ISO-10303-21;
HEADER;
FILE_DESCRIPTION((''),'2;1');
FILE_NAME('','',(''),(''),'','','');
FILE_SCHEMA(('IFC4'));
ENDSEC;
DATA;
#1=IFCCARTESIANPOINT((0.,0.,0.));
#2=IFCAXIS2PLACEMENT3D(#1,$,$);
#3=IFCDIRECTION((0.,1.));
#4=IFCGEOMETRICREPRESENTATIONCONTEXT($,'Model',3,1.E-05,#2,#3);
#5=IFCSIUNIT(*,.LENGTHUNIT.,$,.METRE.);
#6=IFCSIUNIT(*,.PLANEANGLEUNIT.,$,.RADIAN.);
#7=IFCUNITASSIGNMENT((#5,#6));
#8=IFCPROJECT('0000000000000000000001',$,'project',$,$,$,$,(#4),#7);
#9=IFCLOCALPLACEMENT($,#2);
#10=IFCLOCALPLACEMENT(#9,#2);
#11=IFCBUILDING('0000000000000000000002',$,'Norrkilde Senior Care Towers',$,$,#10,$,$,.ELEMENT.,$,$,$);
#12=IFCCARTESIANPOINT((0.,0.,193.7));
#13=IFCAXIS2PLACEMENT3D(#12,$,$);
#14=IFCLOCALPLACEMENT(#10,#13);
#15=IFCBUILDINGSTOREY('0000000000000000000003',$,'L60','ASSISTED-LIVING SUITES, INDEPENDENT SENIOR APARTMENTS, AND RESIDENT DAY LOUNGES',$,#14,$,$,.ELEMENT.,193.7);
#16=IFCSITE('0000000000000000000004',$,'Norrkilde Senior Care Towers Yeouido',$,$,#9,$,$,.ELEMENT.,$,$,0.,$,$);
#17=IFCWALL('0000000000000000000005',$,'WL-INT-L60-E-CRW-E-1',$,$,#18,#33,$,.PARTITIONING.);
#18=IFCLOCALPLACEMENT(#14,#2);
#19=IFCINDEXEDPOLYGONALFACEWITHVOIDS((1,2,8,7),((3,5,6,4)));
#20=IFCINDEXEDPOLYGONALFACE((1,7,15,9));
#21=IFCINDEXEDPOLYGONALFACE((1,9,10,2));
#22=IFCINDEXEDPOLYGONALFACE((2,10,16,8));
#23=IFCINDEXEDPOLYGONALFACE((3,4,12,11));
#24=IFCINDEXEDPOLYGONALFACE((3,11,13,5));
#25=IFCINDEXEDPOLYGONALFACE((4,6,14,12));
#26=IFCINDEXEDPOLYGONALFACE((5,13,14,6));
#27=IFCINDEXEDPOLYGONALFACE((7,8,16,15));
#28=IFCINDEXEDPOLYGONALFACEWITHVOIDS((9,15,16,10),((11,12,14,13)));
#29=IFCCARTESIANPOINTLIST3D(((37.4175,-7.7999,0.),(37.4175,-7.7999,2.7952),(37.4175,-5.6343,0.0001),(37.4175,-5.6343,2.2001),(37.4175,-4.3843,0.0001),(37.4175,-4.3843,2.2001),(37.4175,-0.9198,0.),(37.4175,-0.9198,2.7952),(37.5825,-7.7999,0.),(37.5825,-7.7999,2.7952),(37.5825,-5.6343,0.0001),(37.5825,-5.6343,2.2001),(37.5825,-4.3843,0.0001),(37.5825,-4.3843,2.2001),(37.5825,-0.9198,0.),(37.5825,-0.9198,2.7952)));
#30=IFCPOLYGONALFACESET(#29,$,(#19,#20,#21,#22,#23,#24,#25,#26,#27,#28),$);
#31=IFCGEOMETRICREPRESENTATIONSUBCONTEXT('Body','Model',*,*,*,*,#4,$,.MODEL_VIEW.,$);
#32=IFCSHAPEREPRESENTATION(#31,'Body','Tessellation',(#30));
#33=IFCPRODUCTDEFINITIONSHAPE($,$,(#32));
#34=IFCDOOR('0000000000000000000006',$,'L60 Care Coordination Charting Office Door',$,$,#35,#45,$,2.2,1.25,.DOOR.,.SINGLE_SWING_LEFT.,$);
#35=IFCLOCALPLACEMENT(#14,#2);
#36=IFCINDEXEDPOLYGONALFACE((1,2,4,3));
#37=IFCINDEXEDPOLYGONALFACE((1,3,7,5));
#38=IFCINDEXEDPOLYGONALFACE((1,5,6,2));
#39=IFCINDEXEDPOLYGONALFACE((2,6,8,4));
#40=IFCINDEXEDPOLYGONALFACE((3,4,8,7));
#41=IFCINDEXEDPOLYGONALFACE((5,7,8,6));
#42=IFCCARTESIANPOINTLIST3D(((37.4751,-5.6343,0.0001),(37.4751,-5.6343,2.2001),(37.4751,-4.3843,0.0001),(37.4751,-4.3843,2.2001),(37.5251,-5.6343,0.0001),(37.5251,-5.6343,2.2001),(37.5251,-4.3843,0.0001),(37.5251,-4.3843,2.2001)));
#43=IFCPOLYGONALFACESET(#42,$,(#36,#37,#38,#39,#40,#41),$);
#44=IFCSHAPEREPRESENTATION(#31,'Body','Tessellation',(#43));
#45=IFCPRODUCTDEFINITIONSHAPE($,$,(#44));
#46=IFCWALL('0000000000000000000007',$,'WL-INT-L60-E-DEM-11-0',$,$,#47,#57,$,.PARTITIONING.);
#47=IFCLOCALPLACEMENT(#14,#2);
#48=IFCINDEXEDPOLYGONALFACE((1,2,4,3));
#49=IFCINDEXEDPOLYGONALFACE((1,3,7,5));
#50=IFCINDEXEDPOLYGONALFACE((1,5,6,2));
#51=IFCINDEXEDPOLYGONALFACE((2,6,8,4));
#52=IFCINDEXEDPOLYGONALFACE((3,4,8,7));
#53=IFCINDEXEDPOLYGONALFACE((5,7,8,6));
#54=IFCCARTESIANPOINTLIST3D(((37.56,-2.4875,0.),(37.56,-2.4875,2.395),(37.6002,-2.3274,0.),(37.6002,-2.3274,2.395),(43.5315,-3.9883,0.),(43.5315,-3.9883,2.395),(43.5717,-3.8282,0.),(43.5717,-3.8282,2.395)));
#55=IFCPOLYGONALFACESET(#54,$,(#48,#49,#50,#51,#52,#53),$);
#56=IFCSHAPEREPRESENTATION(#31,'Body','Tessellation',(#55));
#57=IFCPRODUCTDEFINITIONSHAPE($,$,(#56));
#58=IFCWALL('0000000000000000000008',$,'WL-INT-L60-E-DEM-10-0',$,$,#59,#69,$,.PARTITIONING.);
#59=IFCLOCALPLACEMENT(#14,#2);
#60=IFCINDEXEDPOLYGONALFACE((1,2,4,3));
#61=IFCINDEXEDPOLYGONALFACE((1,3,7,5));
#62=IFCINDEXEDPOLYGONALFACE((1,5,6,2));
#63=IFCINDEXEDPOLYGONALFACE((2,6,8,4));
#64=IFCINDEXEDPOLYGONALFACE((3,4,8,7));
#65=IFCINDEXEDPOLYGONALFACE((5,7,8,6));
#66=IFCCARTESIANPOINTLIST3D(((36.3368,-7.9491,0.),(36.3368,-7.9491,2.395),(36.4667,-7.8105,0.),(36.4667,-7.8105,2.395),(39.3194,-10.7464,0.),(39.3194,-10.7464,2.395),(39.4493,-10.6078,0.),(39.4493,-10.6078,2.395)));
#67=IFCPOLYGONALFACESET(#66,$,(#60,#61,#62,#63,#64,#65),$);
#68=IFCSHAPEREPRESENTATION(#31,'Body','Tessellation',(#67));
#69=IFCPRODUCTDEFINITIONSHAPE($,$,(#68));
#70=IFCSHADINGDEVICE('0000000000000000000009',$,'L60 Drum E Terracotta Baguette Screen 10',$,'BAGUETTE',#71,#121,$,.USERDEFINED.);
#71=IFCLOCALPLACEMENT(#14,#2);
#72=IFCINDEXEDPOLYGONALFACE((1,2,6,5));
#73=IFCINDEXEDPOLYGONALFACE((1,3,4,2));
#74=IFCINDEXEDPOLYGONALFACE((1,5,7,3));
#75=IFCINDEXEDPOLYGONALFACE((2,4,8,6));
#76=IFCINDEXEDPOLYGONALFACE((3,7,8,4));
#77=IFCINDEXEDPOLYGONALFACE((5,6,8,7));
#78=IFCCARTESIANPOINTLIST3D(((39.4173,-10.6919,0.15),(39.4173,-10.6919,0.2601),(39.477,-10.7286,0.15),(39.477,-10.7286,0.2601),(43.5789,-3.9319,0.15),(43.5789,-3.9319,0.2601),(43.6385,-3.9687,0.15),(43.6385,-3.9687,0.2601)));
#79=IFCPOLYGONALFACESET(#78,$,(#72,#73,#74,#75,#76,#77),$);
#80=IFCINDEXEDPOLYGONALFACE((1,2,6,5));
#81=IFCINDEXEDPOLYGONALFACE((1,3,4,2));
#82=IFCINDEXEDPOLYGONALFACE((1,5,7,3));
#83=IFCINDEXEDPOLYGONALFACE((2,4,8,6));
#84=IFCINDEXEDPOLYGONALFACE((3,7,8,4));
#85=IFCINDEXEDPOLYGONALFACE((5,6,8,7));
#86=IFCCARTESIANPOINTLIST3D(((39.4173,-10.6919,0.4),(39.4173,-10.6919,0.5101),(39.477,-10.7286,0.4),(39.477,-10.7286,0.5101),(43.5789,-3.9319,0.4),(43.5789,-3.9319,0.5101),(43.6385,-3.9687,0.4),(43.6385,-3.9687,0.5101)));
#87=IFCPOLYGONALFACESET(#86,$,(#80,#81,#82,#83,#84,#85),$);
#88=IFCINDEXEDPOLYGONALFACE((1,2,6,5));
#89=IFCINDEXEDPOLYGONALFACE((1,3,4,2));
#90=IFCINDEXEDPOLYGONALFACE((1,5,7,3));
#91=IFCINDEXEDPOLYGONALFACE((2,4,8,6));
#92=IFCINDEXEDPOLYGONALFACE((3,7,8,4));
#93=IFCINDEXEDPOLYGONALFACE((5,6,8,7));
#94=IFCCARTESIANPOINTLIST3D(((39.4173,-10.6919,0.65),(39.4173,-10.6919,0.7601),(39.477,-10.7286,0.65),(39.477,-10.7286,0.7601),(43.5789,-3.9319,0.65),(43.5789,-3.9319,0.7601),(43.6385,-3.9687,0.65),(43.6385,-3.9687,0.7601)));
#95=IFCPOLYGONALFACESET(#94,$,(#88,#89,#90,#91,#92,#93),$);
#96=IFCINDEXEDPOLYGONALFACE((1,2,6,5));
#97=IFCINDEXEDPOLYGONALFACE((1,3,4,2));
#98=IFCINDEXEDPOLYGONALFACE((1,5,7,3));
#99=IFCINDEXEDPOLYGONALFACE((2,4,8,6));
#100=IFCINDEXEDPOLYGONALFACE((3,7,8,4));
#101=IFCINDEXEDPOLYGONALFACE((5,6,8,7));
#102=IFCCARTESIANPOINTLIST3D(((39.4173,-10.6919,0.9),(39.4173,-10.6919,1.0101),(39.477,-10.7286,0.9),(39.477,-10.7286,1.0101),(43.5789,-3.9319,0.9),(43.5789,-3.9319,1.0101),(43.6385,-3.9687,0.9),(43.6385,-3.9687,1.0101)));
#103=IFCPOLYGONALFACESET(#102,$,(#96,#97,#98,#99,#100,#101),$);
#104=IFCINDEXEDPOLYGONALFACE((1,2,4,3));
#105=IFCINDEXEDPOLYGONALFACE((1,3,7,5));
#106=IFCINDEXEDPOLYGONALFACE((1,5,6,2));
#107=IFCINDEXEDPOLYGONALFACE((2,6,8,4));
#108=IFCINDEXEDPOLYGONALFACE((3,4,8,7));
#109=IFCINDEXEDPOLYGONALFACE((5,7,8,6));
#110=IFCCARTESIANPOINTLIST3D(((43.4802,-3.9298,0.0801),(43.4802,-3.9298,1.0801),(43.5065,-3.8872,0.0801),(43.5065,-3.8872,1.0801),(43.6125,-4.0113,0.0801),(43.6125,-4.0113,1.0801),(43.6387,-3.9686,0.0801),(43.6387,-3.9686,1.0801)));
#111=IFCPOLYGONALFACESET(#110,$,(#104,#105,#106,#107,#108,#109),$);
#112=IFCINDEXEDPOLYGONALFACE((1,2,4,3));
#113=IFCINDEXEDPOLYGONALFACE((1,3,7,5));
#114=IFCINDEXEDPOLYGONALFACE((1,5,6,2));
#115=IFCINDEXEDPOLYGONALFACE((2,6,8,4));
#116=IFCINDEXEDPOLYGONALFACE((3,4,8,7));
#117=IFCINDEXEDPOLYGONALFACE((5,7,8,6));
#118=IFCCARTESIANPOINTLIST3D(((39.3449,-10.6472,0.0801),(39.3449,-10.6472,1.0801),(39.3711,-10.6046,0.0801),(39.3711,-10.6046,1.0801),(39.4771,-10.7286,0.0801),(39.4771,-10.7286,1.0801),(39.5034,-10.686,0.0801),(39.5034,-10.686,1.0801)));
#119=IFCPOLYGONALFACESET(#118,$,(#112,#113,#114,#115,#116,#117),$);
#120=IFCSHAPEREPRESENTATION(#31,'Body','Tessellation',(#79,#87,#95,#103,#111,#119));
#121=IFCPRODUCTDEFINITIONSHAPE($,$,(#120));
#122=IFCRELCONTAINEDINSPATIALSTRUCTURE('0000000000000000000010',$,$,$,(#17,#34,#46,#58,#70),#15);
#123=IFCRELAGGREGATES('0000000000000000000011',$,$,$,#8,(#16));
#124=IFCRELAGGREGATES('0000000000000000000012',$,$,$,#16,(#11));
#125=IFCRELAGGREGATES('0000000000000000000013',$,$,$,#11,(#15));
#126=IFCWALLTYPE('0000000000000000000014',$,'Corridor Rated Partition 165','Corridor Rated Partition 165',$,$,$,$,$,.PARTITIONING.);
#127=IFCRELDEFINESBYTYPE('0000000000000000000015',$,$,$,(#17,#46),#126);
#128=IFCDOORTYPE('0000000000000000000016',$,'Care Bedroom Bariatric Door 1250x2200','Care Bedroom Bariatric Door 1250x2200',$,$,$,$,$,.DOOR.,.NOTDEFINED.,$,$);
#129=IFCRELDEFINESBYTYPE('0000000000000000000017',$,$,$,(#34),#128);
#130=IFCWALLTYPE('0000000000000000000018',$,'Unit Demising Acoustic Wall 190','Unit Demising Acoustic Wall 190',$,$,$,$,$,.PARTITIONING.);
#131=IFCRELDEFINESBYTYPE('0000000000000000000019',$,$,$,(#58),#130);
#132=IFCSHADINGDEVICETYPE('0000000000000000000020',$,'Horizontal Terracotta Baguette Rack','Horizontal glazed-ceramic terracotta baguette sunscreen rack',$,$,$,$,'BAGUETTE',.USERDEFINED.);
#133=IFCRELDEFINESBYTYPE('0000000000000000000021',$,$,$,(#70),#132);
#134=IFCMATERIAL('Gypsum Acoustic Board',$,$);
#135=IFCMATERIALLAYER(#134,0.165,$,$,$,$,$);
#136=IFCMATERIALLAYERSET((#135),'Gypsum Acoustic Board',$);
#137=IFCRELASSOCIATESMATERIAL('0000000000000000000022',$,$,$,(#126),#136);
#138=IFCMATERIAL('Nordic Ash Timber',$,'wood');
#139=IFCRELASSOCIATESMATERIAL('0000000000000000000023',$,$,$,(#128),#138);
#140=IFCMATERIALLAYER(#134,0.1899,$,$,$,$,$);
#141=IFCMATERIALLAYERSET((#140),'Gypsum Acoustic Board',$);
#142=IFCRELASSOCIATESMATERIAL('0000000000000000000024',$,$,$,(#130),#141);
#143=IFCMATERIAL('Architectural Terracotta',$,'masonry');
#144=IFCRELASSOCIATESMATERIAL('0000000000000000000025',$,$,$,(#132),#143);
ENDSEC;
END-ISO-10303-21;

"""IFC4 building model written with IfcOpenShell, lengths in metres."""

from ifc_helpers import new_model, si_unit, direction, frame, frame_2d, origin, origin_2d, place, context, subcontext, project, spatial, rectangle, extrude, source, transform, mapped, material, layer, layer_set, type_object, type_shapes, element, fill, save


model = new_model("IFC4")

# Units and contexts
model_context = context("Model", 3, precision=1e-05, world=origin(), true_north=direction((0.0, 1.0)))
body_context = subcontext(model_context, "Body", "Model", "MODEL_VIEW")
ifc_project = project(units=[si_unit("LENGTHUNIT", "METRE"), si_unit("PLANEANGLEUNIT", "RADIAN")], contexts=[model_context])

# Site, building, storey
site_placement = place(None, origin())
site = spatial("IfcSite", under=ifc_project, at=site_placement, Name="Norrkilde Senior Care Towers Yeouido", CompositionType="ELEMENT", RefElevation=0.0)
building_placement = place(site_placement, origin())
building = spatial("IfcBuilding", under=site, at=building_placement, Name="Norrkilde Senior Care Towers", CompositionType="ELEMENT")
storey_placement = place(building_placement, frame((0.0, 0.0, 193.7)))
storey = spatial("IfcBuildingStorey", under=building, at=storey_placement, Name="L60", Description="ASSISTED-LIVING SUITES, INDEPENDENT SENIOR APARTMENTS, AND RESIDENT DAY LOUNGES", CompositionType="ELEMENT", Elevation=193.7)

# Wall, opening, door
ifc_material_1 = material(Name="Gypsum Acoustic Board")
ifc_layer_1 = layer(ifc_material_1, 0.165)
ifc_layer_set_1 = layer_set([ifc_layer_1], Name="Gypsum Acoustic Board")
wall_type_1 = type_object("IfcWallType", Name="Corridor Rated Partition 165", Description="Corridor Rated Partition 165", PredefinedType="PARTITIONING", material=ifc_layer_set_1)
ifc_material_2 = material(Name="Nordic Ash Timber", Category="wood")
shared_shape_1 = source(origin(), body_context, "Body", "SweptSolid", [
    extrude(rectangle(XDim=6.8801, YDim=0.165, at=frame_2d((3.4399, 0.0))), origin(), (0.0, 0.0, 1.0), 2.7952),
])
wall_1_placement = place(storey_placement, frame((37.5, -0.9199, 0.0), z_axis=(0.0, 0.0, 1.0), x_axis=(0.0, -1.0, 0.0)))
wall_1 = element("IfcWall", 1, at=wall_1_placement, inside=storey, type_object=wall_type_1, Name="WL-INT-L60-E-CRW-E-1", PredefinedType="PARTITIONING", context=body_context, shape_type="MappedRepresentation", body=[
    mapped(shared_shape_1, transform((0.0, 0.0, 0.0), x_axis=(1.0, 0.0, 0.0), y_axis=(0.0, 1.0, 0.0), z_axis=(0.0, 0.0, 1.0), scale=1.0)),
])
opening_1_placement = place(wall_1_placement, frame((3.4644, 0.0, 0.0)))
opening_1 = element("IfcOpeningElement", 2, at=opening_1_placement, cuts=wall_1, PredefinedType="OPENING", context=body_context, shape_type="SweptSolid", body=[
    extrude(rectangle(XDim=1.25, YDim=2.2, at=frame_2d((0.625, 1.1001))), frame((0.0, 0.0925, 0.0), z_axis=(0.0, -1.0, 0.0), x_axis=(1.0, 0.0, 0.0)), (0.0, 0.0, 1.0), 0.1851),
])
door_type_1 = type_object("IfcDoorType", Name="Care Bedroom Bariatric Door 1250x2200", Description="Care Bedroom Bariatric Door 1250x2200", OperationType="NOTDEFINED", PredefinedType="DOOR", material=ifc_material_2)
shared_shape_2 = source(origin(), body_context, "Body", "SweptSolid", [
    extrude(rectangle(XDim=1.25, YDim=2.2, at=frame_2d((0.625, 1.1001))), frame((0.0, 0.0249, 0.0), z_axis=(0.0, -1.0, 0.0), x_axis=(1.0, 0.0, 0.0)), (0.0, 0.0, 1.0), 0.05),
])
type_shapes(door_type_1, [shared_shape_2])
door_1_placement = place(opening_1_placement, frame((1.25, 0.0, 0.0), z_axis=(0.0, 0.0, 1.0), x_axis=(-1.0, 0.0, 0.0)))
door_1 = element("IfcDoor", 3, at=door_1_placement, inside=storey, type_object=door_type_1, Name="L60 Care Coordination Charting Office Door", OperationType="SINGLE_SWING_LEFT", OverallHeight=2.2, OverallWidth=1.25, PredefinedType="DOOR", context=body_context, shape_type="MappedRepresentation", body=[
    mapped(shared_shape_2, transform((0.0, 0.0, 0.0), x_axis=(1.0, 0.0, 0.0), y_axis=(0.0, 1.0, 0.0), z_axis=(0.0, 0.0, 1.0), scale=1.0)),
])
fill(opening_1, door_1)

# Walls
shared_shape_3 = source(origin(), body_context, "Body", "SweptSolid", [
    extrude(rectangle(XDim=6.1572, YDim=0.165, at=frame_2d((3.0786, 0.0))), origin(), (0.0, 0.0, 1.0), 2.395),
])
wall_2_placement = place(storey_placement, frame((37.5801, -2.4075, 0.0), z_axis=(0.0, 0.0, 1.0), x_axis=(0.969841, -0.243739, 0.0)))
element("IfcWall", 4, at=wall_2_placement, inside=storey, type_object=wall_type_1, Name="WL-INT-L60-E-DEM-11-0", PredefinedType="PARTITIONING", context=body_context, shape_type="MappedRepresentation", body=[
    mapped(shared_shape_3, transform((0.0, 0.0, 0.0), x_axis=(1.0, 0.0, 0.0), y_axis=(0.0, 1.0, 0.0), z_axis=(0.0, 0.0, 1.0), scale=1.0)),
])
ifc_layer_2 = layer(ifc_material_1, 0.1899)
ifc_layer_set_2 = layer_set([ifc_layer_2], Name="Gypsum Acoustic Board")
wall_type_2 = type_object("IfcWallType", Name="Unit Demising Acoustic Wall 190", Description="Unit Demising Acoustic Wall 190", PredefinedType="PARTITIONING", material=ifc_layer_set_2)
shared_shape_4 = source(origin(), body_context, "Body", "SweptSolid", [
    extrude(rectangle(XDim=4.0891, YDim=0.1899, at=frame_2d((2.0444, 0.0))), origin(), (0.0, 0.0, 1.0), 2.395),
])
type_shapes(wall_type_2, [shared_shape_4])
wall_3_placement = place(storey_placement, frame((36.4019, -7.8799, 0.0), z_axis=(0.0, 0.0, 1.0), x_axis=(0.729401, -0.684086, 0.0)))
element("IfcWall", 5, at=wall_3_placement, inside=storey, type_object=wall_type_2, Name="WL-INT-L60-E-DEM-10-0", PredefinedType="PARTITIONING", context=body_context, shape_type="MappedRepresentation", body=[
    mapped(shared_shape_4, transform((0.0, 0.0, 0.0), x_axis=(1.0, 0.0, 0.0), y_axis=(0.0, 1.0, 0.0), z_axis=(0.0, 0.0, 1.0), scale=1.0)),
])

# Shading device
ifc_material_3 = material(Name="Architectural Terracotta", Category="masonry")
shading_device_type = type_object("IfcShadingDeviceType", Name="Horizontal Terracotta Baguette Rack", Description="Horizontal glazed-ceramic terracotta baguette sunscreen rack", ElementType="BAGUETTE", PredefinedType="USERDEFINED", material=ifc_material_3)
shared_shape_5 = source(origin(), body_context, "Body", "SweptSolid", [
    extrude(rectangle(XDim=0.0701, YDim=0.1101, at=origin_2d()), frame((0.0, 0.0901, 0.125), z_axis=(1.0, 0.0, 0.0), x_axis=(0.0, 1.0, 0.0)), (0.0, 0.0, 1.0), 7.9382),
    extrude(rectangle(XDim=0.0701, YDim=0.1101, at=origin_2d()), frame((0.0, 0.0901, 0.375), z_axis=(1.0, 0.0, 0.0), x_axis=(0.0, 1.0, 0.0)), (0.0, 0.0, 1.0), 7.9382),
    extrude(rectangle(XDim=0.0701, YDim=0.1101, at=origin_2d()), frame((0.0, 0.0901, 0.625), z_axis=(1.0, 0.0, 0.0), x_axis=(0.0, 1.0, 0.0)), (0.0, 0.0, 1.0), 7.9382),
    extrude(rectangle(XDim=0.0701, YDim=0.1101, at=origin_2d()), frame((0.0, 0.0901, 0.875), z_axis=(1.0, 0.0, 0.0), x_axis=(0.0, 1.0, 0.0)), (0.0, 0.0, 1.0), 7.9382),
    extrude(rectangle(XDim=0.05, YDim=0.1553, at=origin_2d()), frame((0.0249, 0.0476, 0.0)), (0.0, 0.0, 1.0), 1.0),
    extrude(rectangle(XDim=0.05, YDim=0.1553, at=origin_2d()), frame((7.9131, 0.0476, 0.0)), (0.0, 0.0, 1.0), 1.0),
])
type_shapes(shading_device_type, [shared_shape_5])
shading_device_placement = place(storey_placement, frame((43.532, -3.9031, 0.0801), z_axis=(0.0, 0.0, 1.0), x_axis=(-0.52425, -0.851576, 0.0)))
element("IfcShadingDevice", 6, at=shading_device_placement, inside=storey, type_object=shading_device_type, Name="L60 Drum E Terracotta Baguette Screen 10", ObjectType="BAGUETTE", PredefinedType="USERDEFINED", context=body_context, shape_type="MappedRepresentation", body=[
    mapped(shared_shape_5, transform((0.0, 0.0, 0.0), x_axis=(1.0, 0.0, 0.0), y_axis=(0.0, 1.0, 0.0), z_axis=(0.0, 0.0, 1.0), scale=1.0)),
])

save(model, "model.ifc")
